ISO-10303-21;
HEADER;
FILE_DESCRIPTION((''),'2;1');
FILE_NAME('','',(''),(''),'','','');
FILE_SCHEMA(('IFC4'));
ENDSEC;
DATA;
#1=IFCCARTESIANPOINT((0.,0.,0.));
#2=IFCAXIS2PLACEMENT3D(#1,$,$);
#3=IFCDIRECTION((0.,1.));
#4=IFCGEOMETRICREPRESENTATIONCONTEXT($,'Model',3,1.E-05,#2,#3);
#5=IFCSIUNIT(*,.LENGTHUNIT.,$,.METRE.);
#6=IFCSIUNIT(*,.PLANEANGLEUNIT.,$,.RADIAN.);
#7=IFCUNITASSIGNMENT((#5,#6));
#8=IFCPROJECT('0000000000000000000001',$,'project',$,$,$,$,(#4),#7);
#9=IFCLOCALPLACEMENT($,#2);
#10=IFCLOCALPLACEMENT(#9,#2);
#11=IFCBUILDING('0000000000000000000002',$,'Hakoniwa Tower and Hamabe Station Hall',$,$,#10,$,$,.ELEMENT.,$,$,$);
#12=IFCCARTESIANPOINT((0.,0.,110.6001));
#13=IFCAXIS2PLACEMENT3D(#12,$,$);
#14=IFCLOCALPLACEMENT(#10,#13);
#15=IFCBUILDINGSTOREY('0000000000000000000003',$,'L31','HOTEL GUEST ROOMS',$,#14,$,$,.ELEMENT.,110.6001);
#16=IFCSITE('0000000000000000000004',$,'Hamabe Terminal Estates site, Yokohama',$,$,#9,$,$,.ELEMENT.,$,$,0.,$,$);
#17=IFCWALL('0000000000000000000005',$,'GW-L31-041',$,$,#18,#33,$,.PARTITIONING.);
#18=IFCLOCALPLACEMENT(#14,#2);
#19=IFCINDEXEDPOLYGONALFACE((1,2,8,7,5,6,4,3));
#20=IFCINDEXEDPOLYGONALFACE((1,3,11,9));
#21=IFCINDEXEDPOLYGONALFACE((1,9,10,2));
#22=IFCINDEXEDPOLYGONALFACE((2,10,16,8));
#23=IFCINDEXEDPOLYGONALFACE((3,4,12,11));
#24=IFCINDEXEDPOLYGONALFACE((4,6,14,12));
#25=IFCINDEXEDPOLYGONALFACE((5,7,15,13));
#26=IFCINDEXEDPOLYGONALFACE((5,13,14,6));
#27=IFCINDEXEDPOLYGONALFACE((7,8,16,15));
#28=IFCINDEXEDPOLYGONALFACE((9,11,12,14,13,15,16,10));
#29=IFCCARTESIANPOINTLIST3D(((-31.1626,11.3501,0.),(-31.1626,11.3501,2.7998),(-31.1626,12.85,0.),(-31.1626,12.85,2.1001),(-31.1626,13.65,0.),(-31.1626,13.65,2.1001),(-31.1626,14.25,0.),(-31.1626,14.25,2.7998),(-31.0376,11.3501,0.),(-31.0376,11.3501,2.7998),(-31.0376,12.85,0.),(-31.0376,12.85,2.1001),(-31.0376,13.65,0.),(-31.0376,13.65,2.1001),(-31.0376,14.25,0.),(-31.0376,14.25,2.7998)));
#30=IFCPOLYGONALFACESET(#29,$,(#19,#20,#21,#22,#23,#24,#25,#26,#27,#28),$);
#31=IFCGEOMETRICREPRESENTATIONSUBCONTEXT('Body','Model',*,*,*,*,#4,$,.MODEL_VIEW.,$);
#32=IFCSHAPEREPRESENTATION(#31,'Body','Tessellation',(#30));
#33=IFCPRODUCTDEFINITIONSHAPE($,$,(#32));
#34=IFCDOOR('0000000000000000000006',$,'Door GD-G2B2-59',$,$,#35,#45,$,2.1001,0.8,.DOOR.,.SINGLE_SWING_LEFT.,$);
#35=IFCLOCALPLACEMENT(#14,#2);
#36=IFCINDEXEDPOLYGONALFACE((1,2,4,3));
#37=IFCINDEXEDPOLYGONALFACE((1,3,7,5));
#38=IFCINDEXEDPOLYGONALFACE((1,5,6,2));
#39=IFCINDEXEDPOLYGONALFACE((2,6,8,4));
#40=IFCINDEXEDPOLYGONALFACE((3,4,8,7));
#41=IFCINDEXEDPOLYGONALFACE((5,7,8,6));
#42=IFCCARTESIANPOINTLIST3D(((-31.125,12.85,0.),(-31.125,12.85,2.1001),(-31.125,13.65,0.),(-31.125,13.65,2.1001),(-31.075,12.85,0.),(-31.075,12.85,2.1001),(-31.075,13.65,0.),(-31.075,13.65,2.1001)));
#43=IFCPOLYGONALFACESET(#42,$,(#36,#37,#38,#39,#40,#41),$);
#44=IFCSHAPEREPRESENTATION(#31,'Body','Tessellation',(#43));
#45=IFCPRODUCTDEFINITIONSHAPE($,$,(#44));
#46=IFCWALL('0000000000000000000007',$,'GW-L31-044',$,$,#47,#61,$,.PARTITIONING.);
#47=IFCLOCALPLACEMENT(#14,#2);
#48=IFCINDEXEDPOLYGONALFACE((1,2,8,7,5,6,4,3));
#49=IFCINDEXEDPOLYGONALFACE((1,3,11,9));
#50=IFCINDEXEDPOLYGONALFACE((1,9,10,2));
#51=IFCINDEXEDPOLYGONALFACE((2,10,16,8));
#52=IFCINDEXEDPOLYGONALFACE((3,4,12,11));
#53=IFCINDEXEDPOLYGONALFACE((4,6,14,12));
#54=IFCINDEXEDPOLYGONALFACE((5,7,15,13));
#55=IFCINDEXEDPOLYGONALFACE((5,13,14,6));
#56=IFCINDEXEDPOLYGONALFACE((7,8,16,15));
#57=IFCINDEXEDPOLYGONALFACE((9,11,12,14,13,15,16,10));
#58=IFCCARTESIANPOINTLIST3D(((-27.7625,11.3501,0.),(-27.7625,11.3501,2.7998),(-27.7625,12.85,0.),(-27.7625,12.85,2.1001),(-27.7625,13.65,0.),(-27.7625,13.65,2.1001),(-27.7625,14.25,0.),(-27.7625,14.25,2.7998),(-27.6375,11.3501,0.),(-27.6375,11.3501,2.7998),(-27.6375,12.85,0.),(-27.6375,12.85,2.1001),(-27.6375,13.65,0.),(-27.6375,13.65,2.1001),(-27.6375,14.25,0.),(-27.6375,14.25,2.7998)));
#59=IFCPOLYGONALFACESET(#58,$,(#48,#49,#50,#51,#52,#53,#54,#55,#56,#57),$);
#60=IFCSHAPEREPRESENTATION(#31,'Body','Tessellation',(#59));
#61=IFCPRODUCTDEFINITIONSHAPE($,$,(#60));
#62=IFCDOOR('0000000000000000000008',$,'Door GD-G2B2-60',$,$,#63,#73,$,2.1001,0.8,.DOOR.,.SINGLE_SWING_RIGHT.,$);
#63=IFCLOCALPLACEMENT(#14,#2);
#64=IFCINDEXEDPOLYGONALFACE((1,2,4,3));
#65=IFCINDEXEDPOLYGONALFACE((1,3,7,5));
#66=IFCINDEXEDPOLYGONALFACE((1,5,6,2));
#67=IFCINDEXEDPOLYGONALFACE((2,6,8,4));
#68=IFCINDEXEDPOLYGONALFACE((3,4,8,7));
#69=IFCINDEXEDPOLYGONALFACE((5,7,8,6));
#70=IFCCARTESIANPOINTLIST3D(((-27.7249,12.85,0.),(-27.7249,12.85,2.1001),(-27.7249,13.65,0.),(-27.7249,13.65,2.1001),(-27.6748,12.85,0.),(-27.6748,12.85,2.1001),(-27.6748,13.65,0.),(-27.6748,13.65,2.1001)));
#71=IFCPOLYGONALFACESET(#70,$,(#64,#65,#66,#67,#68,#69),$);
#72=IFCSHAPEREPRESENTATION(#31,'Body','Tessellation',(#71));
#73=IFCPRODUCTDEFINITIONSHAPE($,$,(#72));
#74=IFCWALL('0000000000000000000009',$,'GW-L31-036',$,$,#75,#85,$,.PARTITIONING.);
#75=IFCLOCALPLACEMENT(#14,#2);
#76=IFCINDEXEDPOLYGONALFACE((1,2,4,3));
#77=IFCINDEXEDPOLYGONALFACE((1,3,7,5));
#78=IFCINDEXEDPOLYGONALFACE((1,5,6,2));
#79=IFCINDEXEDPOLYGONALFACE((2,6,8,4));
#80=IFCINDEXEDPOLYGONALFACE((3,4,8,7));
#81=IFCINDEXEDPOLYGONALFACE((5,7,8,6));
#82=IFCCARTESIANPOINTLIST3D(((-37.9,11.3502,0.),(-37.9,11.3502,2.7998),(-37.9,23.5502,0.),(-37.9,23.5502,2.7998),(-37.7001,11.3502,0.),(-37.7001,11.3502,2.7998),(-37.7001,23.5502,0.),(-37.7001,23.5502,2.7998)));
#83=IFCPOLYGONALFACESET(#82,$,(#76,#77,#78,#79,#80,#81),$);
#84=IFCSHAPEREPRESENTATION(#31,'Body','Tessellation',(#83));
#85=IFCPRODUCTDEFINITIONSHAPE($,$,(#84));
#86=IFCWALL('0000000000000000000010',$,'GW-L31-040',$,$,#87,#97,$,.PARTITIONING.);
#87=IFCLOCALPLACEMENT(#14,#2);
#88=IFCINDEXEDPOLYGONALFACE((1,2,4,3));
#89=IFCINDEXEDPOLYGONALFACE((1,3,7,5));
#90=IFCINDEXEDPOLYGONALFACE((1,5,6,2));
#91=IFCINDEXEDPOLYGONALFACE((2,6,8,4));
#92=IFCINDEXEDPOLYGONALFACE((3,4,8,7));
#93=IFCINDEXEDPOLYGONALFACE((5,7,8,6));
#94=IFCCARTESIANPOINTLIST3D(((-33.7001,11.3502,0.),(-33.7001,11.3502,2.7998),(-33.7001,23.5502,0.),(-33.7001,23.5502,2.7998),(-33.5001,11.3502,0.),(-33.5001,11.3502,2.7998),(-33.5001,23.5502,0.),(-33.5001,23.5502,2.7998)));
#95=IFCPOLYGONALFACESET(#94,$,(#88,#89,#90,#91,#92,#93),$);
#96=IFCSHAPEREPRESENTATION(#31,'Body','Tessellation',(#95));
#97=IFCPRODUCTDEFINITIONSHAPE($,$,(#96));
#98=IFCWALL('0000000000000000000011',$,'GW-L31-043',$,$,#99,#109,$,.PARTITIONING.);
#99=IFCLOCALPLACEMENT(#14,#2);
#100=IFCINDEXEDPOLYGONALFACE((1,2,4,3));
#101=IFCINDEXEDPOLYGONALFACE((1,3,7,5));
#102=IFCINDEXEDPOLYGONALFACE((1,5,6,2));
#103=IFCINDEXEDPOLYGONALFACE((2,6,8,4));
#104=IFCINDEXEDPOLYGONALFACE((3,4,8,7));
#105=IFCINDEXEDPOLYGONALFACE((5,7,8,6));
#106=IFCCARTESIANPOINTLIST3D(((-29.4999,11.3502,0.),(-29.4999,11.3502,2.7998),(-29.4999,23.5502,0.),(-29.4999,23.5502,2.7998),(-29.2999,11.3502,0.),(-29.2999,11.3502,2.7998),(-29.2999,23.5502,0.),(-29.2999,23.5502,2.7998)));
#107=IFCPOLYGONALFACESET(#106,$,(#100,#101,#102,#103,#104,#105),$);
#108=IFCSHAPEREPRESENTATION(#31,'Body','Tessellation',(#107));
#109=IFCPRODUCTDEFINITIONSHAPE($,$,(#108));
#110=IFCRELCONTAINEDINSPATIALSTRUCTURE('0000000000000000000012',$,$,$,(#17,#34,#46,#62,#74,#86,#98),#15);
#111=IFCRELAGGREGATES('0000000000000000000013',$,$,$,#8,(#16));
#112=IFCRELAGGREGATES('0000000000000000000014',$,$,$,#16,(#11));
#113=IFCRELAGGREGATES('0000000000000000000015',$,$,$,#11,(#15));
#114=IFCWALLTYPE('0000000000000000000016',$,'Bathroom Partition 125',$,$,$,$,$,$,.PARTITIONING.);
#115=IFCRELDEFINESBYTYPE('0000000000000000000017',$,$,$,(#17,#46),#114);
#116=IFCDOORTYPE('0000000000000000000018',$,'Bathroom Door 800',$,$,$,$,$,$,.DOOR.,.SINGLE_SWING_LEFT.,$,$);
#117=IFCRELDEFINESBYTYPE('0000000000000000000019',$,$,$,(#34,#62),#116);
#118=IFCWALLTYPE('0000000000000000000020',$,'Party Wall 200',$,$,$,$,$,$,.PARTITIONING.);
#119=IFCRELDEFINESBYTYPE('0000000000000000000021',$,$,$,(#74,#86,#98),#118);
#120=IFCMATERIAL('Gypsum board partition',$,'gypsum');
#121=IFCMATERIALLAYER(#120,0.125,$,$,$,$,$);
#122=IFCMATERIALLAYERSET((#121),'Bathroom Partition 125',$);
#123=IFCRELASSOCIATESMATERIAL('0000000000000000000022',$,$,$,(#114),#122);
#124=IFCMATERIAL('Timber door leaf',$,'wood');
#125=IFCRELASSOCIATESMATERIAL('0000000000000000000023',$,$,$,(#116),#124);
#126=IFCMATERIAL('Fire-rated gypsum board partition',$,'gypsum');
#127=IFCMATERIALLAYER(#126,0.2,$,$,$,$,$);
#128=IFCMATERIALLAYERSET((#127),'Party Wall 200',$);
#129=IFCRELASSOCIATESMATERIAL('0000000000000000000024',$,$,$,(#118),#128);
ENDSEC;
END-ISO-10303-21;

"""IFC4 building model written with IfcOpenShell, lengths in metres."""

from ifc_helpers import new_model, si_unit, direction, frame, frame_2d, origin, place, context, subcontext, project, spatial, rectangle, extrude, material, layer, layer_set, type_object, element, fill, save


model = new_model("IFC4")

# Units and contexts
model_context = context("Model", 3, precision=1e-05, world=origin(), true_north=direction((0.0, 1.0)))
body_context = subcontext(model_context, "Body", "Model", "MODEL_VIEW")
ifc_project = project(units=[si_unit("LENGTHUNIT", "METRE"), si_unit("PLANEANGLEUNIT", "RADIAN")], contexts=[model_context])

# Site, building, storey
site_placement = place(None, origin())
site = spatial("IfcSite", under=ifc_project, at=site_placement, Name="Hamabe Terminal Estates site, Yokohama", CompositionType="ELEMENT", RefElevation=0.0)
building_placement = place(site_placement, origin())
building = spatial("IfcBuilding", under=site, at=building_placement, Name="Hakoniwa Tower and Hamabe Station Hall", CompositionType="ELEMENT")
storey_placement = place(building_placement, frame((0.0, 0.0, 110.6001)))
storey = spatial("IfcBuildingStorey", under=building, at=storey_placement, Name="L31", Description="HOTEL GUEST ROOMS", CompositionType="ELEMENT", Elevation=110.6001)

# Shared definitions
ifc_material_1 = material(Name="Gypsum board partition", Category="gypsum")
ifc_layer_1 = layer(ifc_material_1, 0.125)
ifc_layer_set_1 = layer_set([ifc_layer_1], Name="Bathroom Partition 125")
wall_type_1 = type_object("IfcWallType", Name="Bathroom Partition 125", PredefinedType="PARTITIONING", material=ifc_layer_set_1)

# Walls, openings, doors
ifc_material_2 = material(Name="Timber door leaf", Category="wood")
door_type = type_object("IfcDoorType", Name="Bathroom Door 800", OperationType="SINGLE_SWING_LEFT", PredefinedType="DOOR", material=ifc_material_2)
wall_1_placement = place(storey_placement, frame((-31.1001, 11.3501, 0.0), z_axis=(0.0, 0.0, 1.0), x_axis=(0.0, 1.0, 0.0)))
wall_1 = element("IfcWall", 1, at=wall_1_placement, inside=storey, type_object=wall_type_1, Name="GW-L31-041", PredefinedType="PARTITIONING", context=body_context, shape_type="SweptSolid", body=[
    extrude(rectangle(XDim=2.8999, YDim=0.125, at=frame_2d((1.45, 0.0))), origin(), (0.0, 0.0, 1.0), 2.7998),
])
opening_1_placement = place(wall_1_placement, frame((1.5, 0.0, 0.0)))
opening_1 = element("IfcOpeningElement", 2, at=opening_1_placement, cuts=wall_1, PredefinedType="OPENING", context=body_context, shape_type="SweptSolid", body=[
    extrude(rectangle(XDim=0.8, YDim=2.1001, at=frame_2d((0.3999, 1.05))), frame((0.0, 0.0725, 0.0), z_axis=(0.0, -1.0, 0.0), x_axis=(1.0, 0.0, 0.0)), (0.0, 0.0, 1.0), 0.145),
])
door_1_placement = place(opening_1_placement, origin())
door_1 = element("IfcDoor", 3, at=door_1_placement, inside=storey, type_object=door_type, Name="Door GD-G2B2-59", OperationType="SINGLE_SWING_LEFT", OverallHeight=2.1001, OverallWidth=0.8, PredefinedType="DOOR", context=body_context, shape_type="SweptSolid", body=[
    extrude(rectangle(XDim=0.8, YDim=2.1001, at=frame_2d((0.3999, 1.05))), frame((0.0, 0.0249, 0.0), z_axis=(0.0, -1.0, 0.0), x_axis=(1.0, 0.0, 0.0)), (0.0, 0.0, 1.0), 0.05),
])
fill(opening_1, door_1)
wall_2_placement = place(storey_placement, frame((-27.7, 11.3501, 0.0), z_axis=(0.0, 0.0, 1.0), x_axis=(0.0, 1.0, 0.0)))
wall_2 = element("IfcWall", 4, at=wall_2_placement, inside=storey, type_object=wall_type_1, Name="GW-L31-044", PredefinedType="PARTITIONING", context=body_context, shape_type="SweptSolid", body=[
    extrude(rectangle(XDim=2.8999, YDim=0.125, at=frame_2d((1.45, 0.0))), origin(), (0.0, 0.0, 1.0), 2.7998),
])
opening_2_placement = place(wall_2_placement, frame((1.5, 0.0, 0.0)))
opening_2 = element("IfcOpeningElement", 5, at=opening_2_placement, cuts=wall_2, PredefinedType="OPENING", context=body_context, shape_type="SweptSolid", body=[
    extrude(rectangle(XDim=0.8, YDim=2.1001, at=frame_2d((0.3999, 1.05))), frame((0.0, 0.0725, 0.0), z_axis=(0.0, -1.0, 0.0), x_axis=(1.0, 0.0, 0.0)), (0.0, 0.0, 1.0), 0.145),
])
door_2_placement = place(opening_2_placement, origin())
door_2 = element("IfcDoor", 6, at=door_2_placement, inside=storey, type_object=door_type, Name="Door GD-G2B2-60", OperationType="SINGLE_SWING_RIGHT", OverallHeight=2.1001, OverallWidth=0.8, PredefinedType="DOOR", context=body_context, shape_type="SweptSolid", body=[
    extrude(rectangle(XDim=0.8, YDim=2.1001, at=frame_2d((0.3999, 1.05))), frame((0.0, 0.0249, 0.0), z_axis=(0.0, -1.0, 0.0), x_axis=(1.0, 0.0, 0.0)), (0.0, 0.0, 1.0), 0.05),
])
fill(opening_2, door_2)

# Walls
ifc_material_3 = material(Name="Fire-rated gypsum board partition", Category="gypsum")
ifc_layer_2 = layer(ifc_material_3, 0.2)
ifc_layer_set_2 = layer_set([ifc_layer_2], Name="Party Wall 200")
wall_type_2 = type_object("IfcWallType", Name="Party Wall 200", PredefinedType="PARTITIONING", material=ifc_layer_set_2)
for number, where, z_axis, x_axis, name in (
    (7, (-37.8, 11.3501, 0.0), (0.0, 0.0, 1.0), (0.0, 1.0, 0.0), "GW-L31-036"),
    (8, (-33.6001, 11.3501, 0.0), (0.0, 0.0, 1.0), (0.0, 1.0, 0.0), "GW-L31-040"),
    (9, (-29.3999, 11.3501, 0.0), (0.0, 0.0, 1.0), (0.0, 1.0, 0.0), "GW-L31-043"),
):
    element("IfcWall", number, at=place(storey_placement, frame(where, z_axis=z_axis, x_axis=x_axis)), inside=storey, type_object=wall_type_2, Name=name, PredefinedType="PARTITIONING", context=body_context, shape_type="SweptSolid", body=[
        extrude(rectangle(XDim=12.2, YDim=0.2, at=frame_2d((6.1001, 0.0))), origin(), (0.0, 0.0, 1.0), 2.7998),
    ])

save(model, "model.ifc")
